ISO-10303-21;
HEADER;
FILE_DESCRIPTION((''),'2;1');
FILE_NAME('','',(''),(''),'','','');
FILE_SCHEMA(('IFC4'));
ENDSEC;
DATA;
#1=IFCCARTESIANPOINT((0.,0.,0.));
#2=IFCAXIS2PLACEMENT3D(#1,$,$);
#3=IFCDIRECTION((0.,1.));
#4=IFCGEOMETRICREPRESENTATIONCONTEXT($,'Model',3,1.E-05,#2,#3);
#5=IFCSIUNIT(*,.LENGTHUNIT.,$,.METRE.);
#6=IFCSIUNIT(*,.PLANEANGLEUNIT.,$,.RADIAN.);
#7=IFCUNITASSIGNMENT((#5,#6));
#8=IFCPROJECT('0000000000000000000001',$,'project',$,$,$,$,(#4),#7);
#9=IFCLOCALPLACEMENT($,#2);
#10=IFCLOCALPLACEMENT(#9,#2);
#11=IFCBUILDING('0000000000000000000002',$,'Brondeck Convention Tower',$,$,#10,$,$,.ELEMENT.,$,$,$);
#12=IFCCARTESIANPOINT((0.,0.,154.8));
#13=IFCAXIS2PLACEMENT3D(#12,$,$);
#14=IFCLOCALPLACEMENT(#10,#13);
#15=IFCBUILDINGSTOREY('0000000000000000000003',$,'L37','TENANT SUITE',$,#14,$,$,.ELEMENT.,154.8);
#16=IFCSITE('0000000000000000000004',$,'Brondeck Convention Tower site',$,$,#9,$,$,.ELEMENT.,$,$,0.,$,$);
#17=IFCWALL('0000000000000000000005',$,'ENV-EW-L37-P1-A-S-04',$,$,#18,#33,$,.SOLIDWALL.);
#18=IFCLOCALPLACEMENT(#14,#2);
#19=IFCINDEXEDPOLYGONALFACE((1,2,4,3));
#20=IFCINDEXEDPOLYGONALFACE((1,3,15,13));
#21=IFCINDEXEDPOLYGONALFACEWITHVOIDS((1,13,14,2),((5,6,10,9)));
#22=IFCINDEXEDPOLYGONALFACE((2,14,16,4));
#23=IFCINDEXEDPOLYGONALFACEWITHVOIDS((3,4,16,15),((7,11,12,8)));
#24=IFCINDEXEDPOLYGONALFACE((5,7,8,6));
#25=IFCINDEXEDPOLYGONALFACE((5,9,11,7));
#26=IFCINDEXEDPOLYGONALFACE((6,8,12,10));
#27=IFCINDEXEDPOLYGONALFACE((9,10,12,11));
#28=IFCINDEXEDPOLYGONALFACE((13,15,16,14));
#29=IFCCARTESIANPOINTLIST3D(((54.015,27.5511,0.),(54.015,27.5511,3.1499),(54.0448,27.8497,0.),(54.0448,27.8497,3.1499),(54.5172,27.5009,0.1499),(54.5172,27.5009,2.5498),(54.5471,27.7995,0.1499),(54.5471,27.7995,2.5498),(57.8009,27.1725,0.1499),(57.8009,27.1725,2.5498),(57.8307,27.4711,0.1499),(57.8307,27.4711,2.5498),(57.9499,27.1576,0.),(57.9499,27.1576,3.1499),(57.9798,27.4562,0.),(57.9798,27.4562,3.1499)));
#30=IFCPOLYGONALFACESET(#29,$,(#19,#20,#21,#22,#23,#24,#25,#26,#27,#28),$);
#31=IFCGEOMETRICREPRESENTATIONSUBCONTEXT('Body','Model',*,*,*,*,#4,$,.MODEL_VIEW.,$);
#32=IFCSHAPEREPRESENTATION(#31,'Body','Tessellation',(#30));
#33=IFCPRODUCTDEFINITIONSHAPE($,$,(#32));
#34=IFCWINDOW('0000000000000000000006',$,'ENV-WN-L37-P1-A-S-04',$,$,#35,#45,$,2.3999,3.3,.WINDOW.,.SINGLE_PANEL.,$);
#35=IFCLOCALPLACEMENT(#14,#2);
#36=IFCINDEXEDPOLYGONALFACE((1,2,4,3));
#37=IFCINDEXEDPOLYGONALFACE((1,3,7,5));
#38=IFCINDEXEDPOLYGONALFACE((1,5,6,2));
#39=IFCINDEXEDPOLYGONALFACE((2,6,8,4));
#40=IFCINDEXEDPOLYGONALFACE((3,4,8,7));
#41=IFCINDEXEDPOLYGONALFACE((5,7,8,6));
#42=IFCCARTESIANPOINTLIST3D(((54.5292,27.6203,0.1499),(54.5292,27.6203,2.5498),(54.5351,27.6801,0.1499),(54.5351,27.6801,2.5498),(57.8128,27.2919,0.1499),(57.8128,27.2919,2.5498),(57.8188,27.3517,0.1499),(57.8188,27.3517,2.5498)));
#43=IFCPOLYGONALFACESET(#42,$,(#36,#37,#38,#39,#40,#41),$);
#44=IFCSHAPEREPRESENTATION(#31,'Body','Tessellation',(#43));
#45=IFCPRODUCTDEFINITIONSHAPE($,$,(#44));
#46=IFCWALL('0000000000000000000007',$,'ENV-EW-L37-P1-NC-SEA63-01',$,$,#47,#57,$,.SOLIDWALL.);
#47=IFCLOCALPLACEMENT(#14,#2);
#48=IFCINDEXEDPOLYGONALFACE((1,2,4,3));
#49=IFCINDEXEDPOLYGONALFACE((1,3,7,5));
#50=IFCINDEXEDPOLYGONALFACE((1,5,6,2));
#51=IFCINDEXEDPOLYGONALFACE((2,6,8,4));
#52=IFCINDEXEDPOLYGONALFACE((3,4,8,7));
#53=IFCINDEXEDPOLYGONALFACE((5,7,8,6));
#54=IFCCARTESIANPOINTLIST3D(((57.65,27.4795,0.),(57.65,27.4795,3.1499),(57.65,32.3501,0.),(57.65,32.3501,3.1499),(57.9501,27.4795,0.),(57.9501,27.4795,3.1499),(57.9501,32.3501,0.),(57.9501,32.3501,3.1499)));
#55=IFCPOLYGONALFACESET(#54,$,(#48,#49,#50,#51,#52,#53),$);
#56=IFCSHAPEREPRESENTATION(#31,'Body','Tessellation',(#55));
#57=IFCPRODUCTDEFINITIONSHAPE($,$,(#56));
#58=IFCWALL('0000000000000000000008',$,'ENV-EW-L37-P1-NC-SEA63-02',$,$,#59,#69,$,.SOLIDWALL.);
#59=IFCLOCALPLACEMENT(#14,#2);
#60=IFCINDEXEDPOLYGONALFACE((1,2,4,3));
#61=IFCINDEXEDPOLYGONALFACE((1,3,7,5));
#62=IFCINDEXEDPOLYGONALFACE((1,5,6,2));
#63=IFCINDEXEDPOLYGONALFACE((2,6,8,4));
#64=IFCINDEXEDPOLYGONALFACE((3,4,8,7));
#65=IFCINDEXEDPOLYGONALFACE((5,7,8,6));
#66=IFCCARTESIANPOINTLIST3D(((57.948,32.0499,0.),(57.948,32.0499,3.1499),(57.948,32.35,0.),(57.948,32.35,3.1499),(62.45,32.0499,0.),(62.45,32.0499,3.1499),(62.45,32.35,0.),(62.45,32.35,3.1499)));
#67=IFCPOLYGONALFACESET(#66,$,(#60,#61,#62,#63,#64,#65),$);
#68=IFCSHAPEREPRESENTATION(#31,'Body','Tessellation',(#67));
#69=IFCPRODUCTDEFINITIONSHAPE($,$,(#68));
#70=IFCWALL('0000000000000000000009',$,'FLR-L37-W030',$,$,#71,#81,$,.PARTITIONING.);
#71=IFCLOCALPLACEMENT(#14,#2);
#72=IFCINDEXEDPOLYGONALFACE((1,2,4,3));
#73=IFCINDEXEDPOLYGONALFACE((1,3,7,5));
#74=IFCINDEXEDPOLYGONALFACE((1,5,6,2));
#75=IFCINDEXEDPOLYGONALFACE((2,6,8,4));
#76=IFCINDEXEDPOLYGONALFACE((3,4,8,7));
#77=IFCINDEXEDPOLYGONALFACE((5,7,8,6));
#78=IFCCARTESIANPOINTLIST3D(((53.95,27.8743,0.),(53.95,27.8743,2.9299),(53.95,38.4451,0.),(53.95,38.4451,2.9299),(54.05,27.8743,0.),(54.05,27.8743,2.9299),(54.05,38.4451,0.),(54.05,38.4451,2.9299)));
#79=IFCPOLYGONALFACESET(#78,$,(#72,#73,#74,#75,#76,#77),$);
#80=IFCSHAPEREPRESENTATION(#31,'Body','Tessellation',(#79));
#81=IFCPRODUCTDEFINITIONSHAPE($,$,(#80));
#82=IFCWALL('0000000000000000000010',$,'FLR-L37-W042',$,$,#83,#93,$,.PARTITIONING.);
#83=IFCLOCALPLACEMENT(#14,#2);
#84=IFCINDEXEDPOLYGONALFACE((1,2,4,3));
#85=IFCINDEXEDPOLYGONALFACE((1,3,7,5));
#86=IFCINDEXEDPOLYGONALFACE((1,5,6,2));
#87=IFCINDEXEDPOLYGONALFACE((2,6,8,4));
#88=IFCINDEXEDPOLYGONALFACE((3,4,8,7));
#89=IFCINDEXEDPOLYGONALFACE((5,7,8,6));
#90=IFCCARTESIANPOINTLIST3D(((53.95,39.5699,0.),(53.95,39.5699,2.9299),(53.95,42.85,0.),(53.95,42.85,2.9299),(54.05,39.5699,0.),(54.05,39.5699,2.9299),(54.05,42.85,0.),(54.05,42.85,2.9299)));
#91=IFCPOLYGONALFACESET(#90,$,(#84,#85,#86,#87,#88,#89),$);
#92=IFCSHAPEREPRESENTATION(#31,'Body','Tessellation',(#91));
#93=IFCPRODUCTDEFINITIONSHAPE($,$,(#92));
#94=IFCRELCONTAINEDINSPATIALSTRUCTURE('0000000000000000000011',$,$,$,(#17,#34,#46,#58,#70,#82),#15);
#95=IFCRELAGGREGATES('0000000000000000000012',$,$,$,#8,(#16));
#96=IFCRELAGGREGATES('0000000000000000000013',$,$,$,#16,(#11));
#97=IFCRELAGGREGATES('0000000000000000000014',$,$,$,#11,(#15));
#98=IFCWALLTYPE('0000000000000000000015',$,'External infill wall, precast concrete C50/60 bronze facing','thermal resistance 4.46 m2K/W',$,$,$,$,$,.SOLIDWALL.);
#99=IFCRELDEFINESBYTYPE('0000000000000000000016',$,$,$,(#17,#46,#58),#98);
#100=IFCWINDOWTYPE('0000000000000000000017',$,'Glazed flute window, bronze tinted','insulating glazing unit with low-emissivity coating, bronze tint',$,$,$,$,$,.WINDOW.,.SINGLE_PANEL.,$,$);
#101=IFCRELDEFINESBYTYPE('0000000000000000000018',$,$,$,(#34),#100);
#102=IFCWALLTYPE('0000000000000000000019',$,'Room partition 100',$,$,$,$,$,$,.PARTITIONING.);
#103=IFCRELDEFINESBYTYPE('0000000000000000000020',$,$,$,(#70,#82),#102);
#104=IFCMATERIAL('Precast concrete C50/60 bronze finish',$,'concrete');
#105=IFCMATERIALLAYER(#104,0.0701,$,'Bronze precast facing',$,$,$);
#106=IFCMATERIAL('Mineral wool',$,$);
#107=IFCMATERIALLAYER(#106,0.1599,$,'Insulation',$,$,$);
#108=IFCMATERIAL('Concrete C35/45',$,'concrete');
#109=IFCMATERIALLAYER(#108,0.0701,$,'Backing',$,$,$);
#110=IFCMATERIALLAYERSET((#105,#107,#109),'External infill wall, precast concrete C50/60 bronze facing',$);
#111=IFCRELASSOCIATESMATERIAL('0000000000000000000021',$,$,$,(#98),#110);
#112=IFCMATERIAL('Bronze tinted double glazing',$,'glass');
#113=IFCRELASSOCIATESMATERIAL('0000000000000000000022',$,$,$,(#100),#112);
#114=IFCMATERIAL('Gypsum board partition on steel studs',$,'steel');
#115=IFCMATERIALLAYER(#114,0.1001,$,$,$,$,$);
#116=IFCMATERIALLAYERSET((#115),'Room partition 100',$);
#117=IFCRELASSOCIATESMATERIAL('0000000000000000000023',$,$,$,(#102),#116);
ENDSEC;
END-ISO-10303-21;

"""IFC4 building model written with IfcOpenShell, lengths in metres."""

from ifc_helpers import new_model, si_unit, direction, frame, frame_2d, origin, place, context, subcontext, project, spatial, rectangle, extrude, material, layer, layer_set, type_object, element, fill, save


model = new_model("IFC4")

# Units and contexts
model_context = context("Model", 3, precision=1e-05, world=origin(), true_north=direction((0.0, 1.0)))
body_context = subcontext(model_context, "Body", "Model", "MODEL_VIEW")
ifc_project = project(units=[si_unit("LENGTHUNIT", "METRE"), si_unit("PLANEANGLEUNIT", "RADIAN")], contexts=[model_context])

# Site, building, storey
site_placement = place(None, origin())
site = spatial("IfcSite", under=ifc_project, at=site_placement, Name="Brondeck Convention Tower site", CompositionType="ELEMENT", RefElevation=0.0)
building_placement = place(site_placement, origin())
building = spatial("IfcBuilding", under=site, at=building_placement, Name="Brondeck Convention Tower", CompositionType="ELEMENT")
storey_placement = place(building_placement, frame((0.0, 0.0, 154.8)))
storey = spatial("IfcBuildingStorey", under=building, at=storey_placement, Name="L37", Description="TENANT SUITE", CompositionType="ELEMENT", Elevation=154.8)

# Shared definitions
ifc_material_1 = material(Name="Precast concrete C50/60 bronze finish", Category="concrete")
ifc_layer_1 = layer(ifc_material_1, 0.0701, Name="Bronze precast facing")
ifc_material_2 = material(Name="Mineral wool")
ifc_layer_2 = layer(ifc_material_2, 0.1599, Name="Insulation")
ifc_material_3 = material(Name="Concrete C35/45", Category="concrete")
ifc_layer_3 = layer(ifc_material_3, 0.0701, Name="Backing")
ifc_layer_set_1 = layer_set([ifc_layer_1, ifc_layer_2, ifc_layer_3], Name="External infill wall, precast concrete C50/60 bronze facing")
wall_type_1 = type_object("IfcWallType", Name="External infill wall, precast concrete C50/60 bronze facing", Description="thermal resistance 4.46 m2K/W", PredefinedType="SOLIDWALL", material=ifc_layer_set_1)
ifc_material_4 = material(Name="Bronze tinted double glazing", Category="glass")
window_type_1 = type_object("IfcWindowType", Name="Glazed flute window, bronze tinted", Description="insulating glazing unit with low-emissivity coating, bronze tint", PartitioningType="SINGLE_PANEL", PredefinedType="WINDOW", material=ifc_material_4)

# Wall, opening, window
wall_1_placement = place(storey_placement, frame((57.9648, 27.3069, 0.0), z_axis=(0.0, 0.0, 1.0), x_axis=(-0.995036, 0.099516, 0.0)))
wall_1 = element("IfcWall", 1, at=wall_1_placement, inside=storey, type_object=wall_type_1, Name="ENV-EW-L37-P1-A-S-04", PredefinedType="SOLIDWALL", context=body_context, shape_type="SweptSolid", body=[
    extrude(rectangle(XDim=3.9546, YDim=0.3, at=frame_2d((1.9773, 0.0))), origin(), (0.0, 0.0, 1.0), 3.1499),
])
opening_1_placement = place(wall_1_placement, frame((0.1499, 0.0, 0.1499)))
opening_1 = element("IfcOpeningElement", 2, at=opening_1_placement, cuts=wall_1, PredefinedType="OPENING", context=body_context, shape_type="SweptSolid", body=[
    extrude(rectangle(XDim=3.3, YDim=2.3999, at=frame_2d((1.6499, 1.2))), frame((0.0, 0.1599, 0.0), z_axis=(0.0, -1.0, 0.0), x_axis=(1.0, 0.0, 0.0)), (0.0, 0.0, 1.0), 0.3201),
])
window_1_placement = place(opening_1_placement, origin())
window_1 = element("IfcWindow", 3, at=window_1_placement, inside=storey, type_object=window_type_1, Name="ENV-WN-L37-P1-A-S-04", OverallHeight=2.3999, OverallWidth=3.3, PartitioningType="SINGLE_PANEL", PredefinedType="WINDOW", context=body_context, shape_type="SweptSolid", body=[
    extrude(rectangle(XDim=3.3, YDim=2.3999, at=frame_2d((1.6499, 1.2))), frame((0.0, 0.03, 0.0), z_axis=(0.0, -1.0, 0.0), x_axis=(1.0, 0.0, 0.0)), (0.0, 0.0, 1.0), 0.0601),
])
fill(opening_1, window_1)

# Walls
wall_2_placement = place(storey_placement, frame((57.8, 32.3501, 0.0), z_axis=(0.0, 0.0, 1.0), x_axis=(0.0, -1.0, 0.0)))
element("IfcWall", 4, at=wall_2_placement, inside=storey, type_object=wall_type_1, Name="ENV-EW-L37-P1-NC-SEA63-01", PredefinedType="SOLIDWALL", context=body_context, shape_type="SweptSolid", body=[
    extrude(rectangle(XDim=4.8706, YDim=0.3, at=frame_2d((2.4353, 0.0))), origin(), (0.0, 0.0, 1.0), 3.1499),
])
wall_3_placement = place(storey_placement, frame((62.45, 32.2, 0.0), z_axis=(0.0, 0.0, 1.0), x_axis=(-1.0, 0.0, 0.0)))
element("IfcWall", 5, at=wall_3_placement, inside=storey, type_object=wall_type_1, Name="ENV-EW-L37-P1-NC-SEA63-02", PredefinedType="SOLIDWALL", context=body_context, shape_type="SweptSolid", body=[
    extrude(rectangle(XDim=4.502, YDim=0.3, at=frame_2d((2.251, 0.0))), origin(), (0.0, 0.0, 1.0), 3.1499),
])
ifc_material_5 = material(Name="Gypsum board partition on steel studs", Category="steel")
ifc_layer_4 = layer(ifc_material_5, 0.1001)
ifc_layer_set_2 = layer_set([ifc_layer_4], Name="Room partition 100")
wall_type_2 = type_object("IfcWallType", Name="Room partition 100", PredefinedType="PARTITIONING", material=ifc_layer_set_2)
wall_4_placement = place(storey_placement, frame((54.0, 27.8743, 0.0), z_axis=(0.0, 0.0, 1.0), x_axis=(0.0, 1.0, 0.0)))
element("IfcWall", 6, at=wall_4_placement, inside=storey, type_object=wall_type_2, Name="FLR-L37-W030", PredefinedType="PARTITIONING", context=body_context, shape_type="SweptSolid", body=[
    extrude(rectangle(XDim=10.5708, YDim=0.1001, at=frame_2d((5.2854, 0.0))), origin(), (0.0, 0.0, 1.0), 2.9299),
])
wall_5_placement = place(storey_placement, frame((54.0, 42.8501, 0.0), z_axis=(0.0, 0.0, 1.0), x_axis=(0.0, -1.0, 0.0)))
element("IfcWall", 7, at=wall_5_placement, inside=storey, type_object=wall_type_2, Name="FLR-L37-W042", PredefinedType="PARTITIONING", context=body_context, shape_type="SweptSolid", body=[
    extrude(rectangle(XDim=3.28, YDim=0.1001, at=frame_2d((1.6401, 0.0))), origin(), (0.0, 0.0, 1.0), 2.9299),
])

save(model, "model.ifc")
